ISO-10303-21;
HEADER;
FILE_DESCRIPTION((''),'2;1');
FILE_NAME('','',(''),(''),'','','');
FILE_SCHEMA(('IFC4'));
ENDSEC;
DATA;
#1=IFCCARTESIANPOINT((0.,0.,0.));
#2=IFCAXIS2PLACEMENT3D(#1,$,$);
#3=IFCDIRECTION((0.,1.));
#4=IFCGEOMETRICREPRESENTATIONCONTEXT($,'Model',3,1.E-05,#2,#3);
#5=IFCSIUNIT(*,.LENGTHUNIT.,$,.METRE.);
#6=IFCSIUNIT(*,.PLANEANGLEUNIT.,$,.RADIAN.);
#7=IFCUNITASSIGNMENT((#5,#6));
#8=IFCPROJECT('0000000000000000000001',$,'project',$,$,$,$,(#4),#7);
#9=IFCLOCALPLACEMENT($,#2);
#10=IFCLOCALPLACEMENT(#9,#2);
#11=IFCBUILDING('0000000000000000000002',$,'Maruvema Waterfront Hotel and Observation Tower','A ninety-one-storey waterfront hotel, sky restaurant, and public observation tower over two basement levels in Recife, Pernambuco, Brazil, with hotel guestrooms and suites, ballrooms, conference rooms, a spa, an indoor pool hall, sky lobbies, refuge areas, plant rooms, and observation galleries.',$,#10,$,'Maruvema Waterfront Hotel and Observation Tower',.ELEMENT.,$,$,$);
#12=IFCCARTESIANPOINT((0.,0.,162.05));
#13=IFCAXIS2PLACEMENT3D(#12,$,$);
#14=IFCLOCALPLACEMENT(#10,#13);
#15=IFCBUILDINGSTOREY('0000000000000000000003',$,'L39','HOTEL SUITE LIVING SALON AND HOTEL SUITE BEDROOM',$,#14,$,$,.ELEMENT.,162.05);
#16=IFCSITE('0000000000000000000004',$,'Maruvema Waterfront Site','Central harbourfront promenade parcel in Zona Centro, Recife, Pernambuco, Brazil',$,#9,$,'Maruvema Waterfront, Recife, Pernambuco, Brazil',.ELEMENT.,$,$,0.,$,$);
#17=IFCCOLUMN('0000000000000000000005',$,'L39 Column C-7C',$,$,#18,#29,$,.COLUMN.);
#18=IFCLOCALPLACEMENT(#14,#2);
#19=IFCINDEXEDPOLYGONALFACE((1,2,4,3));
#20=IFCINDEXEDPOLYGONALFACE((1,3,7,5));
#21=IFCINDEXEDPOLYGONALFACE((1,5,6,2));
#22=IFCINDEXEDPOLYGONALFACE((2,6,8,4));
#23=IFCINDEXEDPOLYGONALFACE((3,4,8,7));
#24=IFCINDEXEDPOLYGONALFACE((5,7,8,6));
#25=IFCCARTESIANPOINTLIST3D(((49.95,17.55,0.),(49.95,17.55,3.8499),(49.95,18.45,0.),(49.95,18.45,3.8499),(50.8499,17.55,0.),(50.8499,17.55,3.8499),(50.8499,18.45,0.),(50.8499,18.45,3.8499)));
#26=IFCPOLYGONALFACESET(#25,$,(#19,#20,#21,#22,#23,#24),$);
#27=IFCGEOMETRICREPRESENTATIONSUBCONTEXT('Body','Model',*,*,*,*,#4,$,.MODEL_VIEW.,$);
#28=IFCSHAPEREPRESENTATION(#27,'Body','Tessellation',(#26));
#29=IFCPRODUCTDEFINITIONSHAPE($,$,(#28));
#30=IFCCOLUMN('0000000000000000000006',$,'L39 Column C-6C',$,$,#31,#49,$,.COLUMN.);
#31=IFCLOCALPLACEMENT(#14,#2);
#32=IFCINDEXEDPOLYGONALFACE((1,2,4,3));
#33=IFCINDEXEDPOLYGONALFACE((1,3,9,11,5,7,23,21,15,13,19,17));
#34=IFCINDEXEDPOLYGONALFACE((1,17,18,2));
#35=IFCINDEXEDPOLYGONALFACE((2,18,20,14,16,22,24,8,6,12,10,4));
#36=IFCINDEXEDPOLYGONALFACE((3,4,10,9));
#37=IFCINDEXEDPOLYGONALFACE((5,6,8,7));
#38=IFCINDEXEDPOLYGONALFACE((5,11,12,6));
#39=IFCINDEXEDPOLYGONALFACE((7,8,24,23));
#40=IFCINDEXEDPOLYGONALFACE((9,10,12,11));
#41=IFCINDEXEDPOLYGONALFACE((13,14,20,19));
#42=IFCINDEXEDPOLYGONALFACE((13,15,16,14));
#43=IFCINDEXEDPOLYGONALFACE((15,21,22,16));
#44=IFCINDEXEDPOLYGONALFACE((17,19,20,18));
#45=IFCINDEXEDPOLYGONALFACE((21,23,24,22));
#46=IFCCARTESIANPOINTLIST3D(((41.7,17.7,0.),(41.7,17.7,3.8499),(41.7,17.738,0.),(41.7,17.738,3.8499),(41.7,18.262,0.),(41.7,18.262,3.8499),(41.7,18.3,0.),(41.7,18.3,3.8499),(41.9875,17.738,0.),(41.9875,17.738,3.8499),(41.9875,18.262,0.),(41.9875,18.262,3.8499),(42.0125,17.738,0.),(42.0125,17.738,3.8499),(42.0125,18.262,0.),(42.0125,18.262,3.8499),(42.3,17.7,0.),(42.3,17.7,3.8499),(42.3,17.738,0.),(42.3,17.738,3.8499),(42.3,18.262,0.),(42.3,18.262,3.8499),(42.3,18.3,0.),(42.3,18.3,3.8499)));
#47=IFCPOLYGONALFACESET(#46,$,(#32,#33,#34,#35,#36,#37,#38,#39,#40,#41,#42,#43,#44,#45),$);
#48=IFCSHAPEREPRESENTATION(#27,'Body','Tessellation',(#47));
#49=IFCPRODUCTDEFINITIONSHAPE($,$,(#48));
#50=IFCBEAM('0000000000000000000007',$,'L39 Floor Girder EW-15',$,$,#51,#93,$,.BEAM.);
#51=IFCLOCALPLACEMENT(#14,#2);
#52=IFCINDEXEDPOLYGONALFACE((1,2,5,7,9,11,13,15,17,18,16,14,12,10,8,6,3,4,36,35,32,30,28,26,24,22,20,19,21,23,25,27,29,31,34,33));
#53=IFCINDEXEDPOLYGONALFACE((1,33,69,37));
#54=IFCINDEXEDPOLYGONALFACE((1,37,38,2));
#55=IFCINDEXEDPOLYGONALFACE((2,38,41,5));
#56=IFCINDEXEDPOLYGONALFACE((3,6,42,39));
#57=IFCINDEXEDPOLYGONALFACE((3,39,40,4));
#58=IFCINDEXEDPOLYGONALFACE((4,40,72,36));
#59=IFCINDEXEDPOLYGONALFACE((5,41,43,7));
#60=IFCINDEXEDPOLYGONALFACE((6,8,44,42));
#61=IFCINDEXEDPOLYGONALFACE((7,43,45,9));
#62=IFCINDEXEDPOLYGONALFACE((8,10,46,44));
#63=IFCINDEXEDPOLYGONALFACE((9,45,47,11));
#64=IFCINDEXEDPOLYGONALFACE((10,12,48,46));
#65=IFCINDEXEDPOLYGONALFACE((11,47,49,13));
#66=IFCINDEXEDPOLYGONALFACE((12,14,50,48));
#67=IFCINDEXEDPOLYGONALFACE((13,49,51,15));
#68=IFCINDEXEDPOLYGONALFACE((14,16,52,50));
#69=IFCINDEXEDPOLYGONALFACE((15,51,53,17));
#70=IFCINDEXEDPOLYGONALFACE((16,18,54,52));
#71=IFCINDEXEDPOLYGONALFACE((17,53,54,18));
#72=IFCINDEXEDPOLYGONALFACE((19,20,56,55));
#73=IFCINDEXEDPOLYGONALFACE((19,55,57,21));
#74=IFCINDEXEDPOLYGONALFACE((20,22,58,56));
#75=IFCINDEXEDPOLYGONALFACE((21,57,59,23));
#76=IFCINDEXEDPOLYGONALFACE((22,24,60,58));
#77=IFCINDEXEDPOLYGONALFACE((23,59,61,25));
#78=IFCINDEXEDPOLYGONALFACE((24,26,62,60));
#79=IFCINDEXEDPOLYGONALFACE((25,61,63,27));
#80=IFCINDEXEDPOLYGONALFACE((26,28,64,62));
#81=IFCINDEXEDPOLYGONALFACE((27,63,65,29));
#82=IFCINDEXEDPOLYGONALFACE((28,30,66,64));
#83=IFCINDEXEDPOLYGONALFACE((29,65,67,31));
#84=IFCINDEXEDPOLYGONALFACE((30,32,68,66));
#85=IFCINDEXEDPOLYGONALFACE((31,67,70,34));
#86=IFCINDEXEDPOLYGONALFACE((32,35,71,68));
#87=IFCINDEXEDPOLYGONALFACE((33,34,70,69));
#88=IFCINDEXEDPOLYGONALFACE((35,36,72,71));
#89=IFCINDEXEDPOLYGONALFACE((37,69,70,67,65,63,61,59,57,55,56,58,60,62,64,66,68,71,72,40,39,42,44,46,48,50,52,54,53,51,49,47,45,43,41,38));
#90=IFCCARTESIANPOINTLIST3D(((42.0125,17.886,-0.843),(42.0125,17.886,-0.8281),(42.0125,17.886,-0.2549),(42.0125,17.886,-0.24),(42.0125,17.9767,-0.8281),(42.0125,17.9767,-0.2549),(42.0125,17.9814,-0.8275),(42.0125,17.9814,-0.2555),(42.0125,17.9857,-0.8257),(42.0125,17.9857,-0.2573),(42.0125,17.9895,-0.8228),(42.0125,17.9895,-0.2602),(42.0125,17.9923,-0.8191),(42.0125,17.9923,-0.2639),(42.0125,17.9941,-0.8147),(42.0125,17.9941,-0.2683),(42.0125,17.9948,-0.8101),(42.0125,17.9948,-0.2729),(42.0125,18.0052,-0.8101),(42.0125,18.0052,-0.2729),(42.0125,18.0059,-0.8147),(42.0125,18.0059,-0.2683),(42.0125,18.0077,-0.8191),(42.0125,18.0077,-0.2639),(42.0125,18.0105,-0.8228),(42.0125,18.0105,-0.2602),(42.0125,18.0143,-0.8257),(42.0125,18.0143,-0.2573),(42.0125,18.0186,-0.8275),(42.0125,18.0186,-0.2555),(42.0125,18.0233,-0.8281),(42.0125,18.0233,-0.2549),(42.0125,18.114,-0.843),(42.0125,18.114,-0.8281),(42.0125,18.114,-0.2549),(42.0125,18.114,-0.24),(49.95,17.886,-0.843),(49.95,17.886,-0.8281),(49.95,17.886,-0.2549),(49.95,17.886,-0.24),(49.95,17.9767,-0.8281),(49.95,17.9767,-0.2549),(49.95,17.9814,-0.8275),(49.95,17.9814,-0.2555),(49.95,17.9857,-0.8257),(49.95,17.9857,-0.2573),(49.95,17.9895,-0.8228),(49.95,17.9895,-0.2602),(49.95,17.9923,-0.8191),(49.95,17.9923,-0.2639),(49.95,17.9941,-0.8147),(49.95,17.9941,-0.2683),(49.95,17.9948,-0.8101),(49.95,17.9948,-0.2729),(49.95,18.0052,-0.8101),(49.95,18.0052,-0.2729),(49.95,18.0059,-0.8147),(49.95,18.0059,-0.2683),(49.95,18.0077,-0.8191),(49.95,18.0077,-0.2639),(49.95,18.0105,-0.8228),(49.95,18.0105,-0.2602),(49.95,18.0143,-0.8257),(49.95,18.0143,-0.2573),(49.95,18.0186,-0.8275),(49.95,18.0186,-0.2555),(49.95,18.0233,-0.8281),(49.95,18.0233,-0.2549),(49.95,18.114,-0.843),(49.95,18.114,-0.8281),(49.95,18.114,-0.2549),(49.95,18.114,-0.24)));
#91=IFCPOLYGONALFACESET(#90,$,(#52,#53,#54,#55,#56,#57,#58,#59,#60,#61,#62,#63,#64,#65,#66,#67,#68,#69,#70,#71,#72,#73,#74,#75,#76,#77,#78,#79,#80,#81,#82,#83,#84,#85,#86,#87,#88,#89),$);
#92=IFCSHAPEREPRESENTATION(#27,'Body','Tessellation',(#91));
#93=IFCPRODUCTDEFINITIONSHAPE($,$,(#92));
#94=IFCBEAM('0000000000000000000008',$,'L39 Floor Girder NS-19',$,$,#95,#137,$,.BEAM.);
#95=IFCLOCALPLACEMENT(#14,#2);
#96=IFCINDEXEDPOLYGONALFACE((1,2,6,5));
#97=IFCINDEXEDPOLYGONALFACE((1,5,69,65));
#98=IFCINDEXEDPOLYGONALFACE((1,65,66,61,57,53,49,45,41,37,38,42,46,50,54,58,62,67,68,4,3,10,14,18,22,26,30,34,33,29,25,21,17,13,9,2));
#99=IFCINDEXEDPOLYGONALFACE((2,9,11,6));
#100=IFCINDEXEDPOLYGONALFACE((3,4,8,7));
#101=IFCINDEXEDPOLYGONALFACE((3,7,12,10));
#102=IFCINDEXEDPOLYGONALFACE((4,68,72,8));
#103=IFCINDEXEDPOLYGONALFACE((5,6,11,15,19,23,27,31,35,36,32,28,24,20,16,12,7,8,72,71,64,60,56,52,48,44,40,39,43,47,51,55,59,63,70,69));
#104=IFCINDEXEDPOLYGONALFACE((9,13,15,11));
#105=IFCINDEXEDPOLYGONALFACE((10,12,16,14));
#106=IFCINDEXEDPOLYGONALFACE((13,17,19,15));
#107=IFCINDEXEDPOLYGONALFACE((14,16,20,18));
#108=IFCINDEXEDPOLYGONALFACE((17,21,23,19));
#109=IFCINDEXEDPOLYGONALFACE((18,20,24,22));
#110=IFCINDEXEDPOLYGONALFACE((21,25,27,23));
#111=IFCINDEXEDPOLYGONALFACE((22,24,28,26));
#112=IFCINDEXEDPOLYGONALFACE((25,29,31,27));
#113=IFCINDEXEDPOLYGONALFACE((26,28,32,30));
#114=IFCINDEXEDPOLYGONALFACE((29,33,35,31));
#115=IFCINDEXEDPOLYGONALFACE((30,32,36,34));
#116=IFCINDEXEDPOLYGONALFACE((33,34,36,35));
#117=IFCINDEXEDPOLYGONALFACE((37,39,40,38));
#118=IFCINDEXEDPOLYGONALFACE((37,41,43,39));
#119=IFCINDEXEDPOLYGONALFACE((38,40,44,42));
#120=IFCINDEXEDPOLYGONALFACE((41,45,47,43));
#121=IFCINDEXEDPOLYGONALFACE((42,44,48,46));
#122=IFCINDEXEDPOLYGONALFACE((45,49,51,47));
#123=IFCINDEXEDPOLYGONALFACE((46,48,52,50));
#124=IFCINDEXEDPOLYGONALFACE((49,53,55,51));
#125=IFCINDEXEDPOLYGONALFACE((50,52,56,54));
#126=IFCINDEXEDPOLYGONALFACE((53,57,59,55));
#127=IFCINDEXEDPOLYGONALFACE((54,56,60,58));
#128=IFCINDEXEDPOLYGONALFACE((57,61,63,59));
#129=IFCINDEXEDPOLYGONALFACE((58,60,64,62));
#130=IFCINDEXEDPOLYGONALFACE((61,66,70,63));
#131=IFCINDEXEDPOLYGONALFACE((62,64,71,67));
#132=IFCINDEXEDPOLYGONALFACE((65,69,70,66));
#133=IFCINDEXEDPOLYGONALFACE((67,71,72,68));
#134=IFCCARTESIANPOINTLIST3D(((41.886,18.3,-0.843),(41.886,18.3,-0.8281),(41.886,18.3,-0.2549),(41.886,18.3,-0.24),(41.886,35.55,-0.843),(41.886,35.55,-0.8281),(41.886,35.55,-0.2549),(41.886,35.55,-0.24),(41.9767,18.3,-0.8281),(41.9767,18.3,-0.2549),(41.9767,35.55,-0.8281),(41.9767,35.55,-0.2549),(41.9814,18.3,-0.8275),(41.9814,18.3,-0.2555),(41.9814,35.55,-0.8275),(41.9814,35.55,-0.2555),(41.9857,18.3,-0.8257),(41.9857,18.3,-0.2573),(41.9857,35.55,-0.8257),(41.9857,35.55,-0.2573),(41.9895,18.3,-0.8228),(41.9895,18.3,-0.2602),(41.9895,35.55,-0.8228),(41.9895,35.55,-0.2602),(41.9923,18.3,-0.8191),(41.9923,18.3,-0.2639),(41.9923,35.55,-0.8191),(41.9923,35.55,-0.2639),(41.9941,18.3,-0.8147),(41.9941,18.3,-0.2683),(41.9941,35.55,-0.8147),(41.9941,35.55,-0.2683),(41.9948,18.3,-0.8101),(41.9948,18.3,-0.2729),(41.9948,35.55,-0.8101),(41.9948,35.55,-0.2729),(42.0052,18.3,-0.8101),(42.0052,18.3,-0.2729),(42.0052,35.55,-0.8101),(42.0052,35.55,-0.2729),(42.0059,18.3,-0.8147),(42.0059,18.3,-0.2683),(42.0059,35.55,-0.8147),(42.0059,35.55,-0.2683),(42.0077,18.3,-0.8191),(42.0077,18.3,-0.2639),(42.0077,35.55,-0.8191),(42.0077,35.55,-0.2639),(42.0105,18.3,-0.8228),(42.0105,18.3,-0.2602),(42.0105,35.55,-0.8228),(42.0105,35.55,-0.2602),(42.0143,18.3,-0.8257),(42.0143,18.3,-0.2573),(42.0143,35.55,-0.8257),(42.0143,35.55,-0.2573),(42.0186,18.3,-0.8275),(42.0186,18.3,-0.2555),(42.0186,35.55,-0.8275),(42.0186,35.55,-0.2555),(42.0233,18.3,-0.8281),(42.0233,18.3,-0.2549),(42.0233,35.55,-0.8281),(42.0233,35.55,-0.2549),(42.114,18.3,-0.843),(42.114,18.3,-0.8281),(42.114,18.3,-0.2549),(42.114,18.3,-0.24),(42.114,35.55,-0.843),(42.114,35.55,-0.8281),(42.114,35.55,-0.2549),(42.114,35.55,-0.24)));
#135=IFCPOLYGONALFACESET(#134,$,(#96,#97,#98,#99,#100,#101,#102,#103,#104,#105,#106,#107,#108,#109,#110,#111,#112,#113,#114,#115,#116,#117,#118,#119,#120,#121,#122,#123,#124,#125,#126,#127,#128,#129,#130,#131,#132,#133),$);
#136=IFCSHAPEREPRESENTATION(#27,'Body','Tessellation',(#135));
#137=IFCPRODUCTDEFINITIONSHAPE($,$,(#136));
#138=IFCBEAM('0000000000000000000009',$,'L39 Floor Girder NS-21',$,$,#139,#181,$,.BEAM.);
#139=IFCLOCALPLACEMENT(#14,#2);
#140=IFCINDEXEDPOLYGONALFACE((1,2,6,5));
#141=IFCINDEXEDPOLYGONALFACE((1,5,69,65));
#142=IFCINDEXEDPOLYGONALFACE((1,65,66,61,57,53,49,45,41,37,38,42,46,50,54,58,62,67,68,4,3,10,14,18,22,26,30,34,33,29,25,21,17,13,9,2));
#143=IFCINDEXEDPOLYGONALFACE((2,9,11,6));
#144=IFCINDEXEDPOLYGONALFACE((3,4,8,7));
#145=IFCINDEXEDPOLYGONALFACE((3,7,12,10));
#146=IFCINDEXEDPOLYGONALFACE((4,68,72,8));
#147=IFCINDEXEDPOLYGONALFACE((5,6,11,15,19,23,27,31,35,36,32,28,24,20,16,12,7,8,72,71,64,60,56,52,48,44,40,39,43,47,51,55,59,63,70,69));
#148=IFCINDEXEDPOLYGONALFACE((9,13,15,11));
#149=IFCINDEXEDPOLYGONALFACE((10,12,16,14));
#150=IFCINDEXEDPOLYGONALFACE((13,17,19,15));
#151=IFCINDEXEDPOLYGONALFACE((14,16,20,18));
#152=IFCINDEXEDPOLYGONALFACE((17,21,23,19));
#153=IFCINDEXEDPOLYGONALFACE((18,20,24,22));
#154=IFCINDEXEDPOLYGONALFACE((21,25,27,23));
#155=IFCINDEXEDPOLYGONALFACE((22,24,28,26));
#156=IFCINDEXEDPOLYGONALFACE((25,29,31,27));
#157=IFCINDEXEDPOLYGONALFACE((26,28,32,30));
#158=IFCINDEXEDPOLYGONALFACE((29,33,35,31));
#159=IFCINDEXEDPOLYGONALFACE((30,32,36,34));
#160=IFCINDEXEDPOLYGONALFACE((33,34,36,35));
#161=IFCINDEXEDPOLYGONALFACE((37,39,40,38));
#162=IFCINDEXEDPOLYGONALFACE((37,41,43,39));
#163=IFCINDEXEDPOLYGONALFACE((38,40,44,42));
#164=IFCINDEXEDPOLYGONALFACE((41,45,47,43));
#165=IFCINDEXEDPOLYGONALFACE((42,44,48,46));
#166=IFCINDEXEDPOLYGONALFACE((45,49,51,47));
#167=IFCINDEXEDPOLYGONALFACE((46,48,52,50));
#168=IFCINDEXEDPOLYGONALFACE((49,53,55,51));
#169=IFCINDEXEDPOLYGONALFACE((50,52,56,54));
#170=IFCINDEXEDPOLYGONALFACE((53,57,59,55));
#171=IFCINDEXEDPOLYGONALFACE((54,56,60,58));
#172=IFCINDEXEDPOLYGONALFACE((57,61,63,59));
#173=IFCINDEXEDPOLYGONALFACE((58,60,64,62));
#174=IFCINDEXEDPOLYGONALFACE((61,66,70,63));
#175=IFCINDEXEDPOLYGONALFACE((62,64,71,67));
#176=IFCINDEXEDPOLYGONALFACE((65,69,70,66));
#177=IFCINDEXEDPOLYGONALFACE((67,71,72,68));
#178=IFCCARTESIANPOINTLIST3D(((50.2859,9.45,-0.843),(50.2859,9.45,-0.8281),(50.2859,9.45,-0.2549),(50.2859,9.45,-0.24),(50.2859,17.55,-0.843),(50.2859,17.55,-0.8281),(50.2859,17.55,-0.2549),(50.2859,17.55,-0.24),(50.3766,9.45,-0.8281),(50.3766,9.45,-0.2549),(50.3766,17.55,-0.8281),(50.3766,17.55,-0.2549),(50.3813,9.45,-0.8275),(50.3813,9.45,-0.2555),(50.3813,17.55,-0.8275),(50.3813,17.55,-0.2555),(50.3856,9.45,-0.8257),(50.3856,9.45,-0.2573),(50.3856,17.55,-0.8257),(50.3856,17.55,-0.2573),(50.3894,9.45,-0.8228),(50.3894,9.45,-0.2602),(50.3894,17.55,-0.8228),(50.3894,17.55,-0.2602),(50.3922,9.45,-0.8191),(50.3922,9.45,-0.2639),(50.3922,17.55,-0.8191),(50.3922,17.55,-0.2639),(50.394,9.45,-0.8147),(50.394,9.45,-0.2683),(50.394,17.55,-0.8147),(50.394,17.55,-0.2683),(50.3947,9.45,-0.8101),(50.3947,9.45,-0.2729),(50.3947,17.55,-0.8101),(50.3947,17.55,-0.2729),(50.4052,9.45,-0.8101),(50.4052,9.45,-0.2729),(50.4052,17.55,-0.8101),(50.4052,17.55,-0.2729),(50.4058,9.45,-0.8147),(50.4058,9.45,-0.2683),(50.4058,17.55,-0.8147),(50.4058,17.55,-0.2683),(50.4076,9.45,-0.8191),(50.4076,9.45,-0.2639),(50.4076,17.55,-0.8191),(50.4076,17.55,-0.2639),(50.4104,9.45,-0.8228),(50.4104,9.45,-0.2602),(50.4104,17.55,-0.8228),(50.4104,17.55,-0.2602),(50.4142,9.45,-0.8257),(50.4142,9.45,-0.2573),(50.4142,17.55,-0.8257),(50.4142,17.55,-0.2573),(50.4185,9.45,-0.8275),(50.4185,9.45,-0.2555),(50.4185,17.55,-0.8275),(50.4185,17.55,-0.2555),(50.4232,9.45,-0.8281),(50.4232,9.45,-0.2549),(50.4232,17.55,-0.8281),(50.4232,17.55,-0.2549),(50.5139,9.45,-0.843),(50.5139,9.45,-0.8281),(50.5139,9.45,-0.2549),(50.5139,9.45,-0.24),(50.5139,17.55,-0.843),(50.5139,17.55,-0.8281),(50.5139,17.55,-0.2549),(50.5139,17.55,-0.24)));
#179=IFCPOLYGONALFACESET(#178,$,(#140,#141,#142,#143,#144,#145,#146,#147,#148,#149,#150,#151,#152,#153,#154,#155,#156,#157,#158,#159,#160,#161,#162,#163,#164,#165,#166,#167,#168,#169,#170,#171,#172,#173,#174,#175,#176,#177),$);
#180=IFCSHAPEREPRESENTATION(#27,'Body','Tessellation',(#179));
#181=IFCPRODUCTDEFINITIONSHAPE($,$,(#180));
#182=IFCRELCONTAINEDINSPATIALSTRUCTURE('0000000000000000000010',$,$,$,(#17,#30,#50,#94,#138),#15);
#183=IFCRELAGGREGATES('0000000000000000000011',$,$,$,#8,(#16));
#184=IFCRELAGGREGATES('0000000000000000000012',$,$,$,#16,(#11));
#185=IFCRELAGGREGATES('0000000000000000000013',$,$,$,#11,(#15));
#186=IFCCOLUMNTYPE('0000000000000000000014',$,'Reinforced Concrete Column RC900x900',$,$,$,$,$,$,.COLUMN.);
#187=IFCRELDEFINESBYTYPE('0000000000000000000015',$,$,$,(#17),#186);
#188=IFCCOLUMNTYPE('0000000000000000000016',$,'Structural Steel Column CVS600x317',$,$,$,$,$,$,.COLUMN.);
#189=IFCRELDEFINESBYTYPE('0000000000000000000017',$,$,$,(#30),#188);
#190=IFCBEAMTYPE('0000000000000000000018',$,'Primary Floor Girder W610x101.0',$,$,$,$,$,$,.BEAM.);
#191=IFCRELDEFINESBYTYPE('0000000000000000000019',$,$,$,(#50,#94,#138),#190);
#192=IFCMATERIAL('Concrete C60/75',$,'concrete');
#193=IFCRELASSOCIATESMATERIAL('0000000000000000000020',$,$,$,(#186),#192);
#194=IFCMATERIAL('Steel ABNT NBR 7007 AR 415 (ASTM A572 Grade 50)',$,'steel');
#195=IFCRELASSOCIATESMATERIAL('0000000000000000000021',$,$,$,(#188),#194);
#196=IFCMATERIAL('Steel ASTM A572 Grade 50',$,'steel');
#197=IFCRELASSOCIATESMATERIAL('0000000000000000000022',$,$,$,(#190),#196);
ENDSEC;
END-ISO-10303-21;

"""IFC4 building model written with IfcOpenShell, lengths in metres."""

from ifc_helpers import new_model, si_unit, direction, frame, origin, origin_2d, place, context, subcontext, project, spatial, rectangle, i_section, extrude, material, material_profile, profile_set, type_object, element, save


model = new_model("IFC4")

# Units and contexts
model_context = context("Model", 3, precision=1e-05, world=origin(), true_north=direction((0.0, 1.0)))
body_context = subcontext(model_context, "Body", "Model", "MODEL_VIEW")
ifc_project = project(units=[si_unit("LENGTHUNIT", "METRE"), si_unit("PLANEANGLEUNIT", "RADIAN")], contexts=[model_context])

# Site, building, storey
site_placement = place(None, origin())
site = spatial("IfcSite", under=ifc_project, at=site_placement, Name="Maruvema Waterfront Site", Description="Central harbourfront promenade parcel in Zona Centro, Recife, Pernambuco, Brazil", LongName="Maruvema Waterfront, Recife, Pernambuco, Brazil", CompositionType="ELEMENT", RefElevation=0.0)
building_placement = place(site_placement, origin())
building = spatial("IfcBuilding", under=site, at=building_placement, Name="Maruvema Waterfront Hotel and Observation Tower", Description="A ninety-one-storey waterfront hotel, sky restaurant, and public observation tower over two basement levels in Recife, Pernambuco, Brazil, with hotel guestrooms and suites, ballrooms, conference rooms, a spa, an indoor pool hall, sky lobbies, refuge areas, plant rooms, and observation galleries.", LongName="Maruvema Waterfront Hotel and Observation Tower", CompositionType="ELEMENT")
storey_placement = place(building_placement, frame((0.0, 0.0, 162.05)))
storey = spatial("IfcBuildingStorey", under=building, at=storey_placement, Name="L39", Description="HOTEL SUITE LIVING SALON AND HOTEL SUITE BEDROOM", CompositionType="ELEMENT", Elevation=162.05)

# Columns
ifc_material_1 = material(Name="Concrete C60/75", Category="concrete")
ifc_material_profile_1 = material_profile(ifc_material_1, rectangle(XDim=0.8999, YDim=0.8999, at=origin_2d()), Name="RC900x900")
ifc_profile_set_1 = profile_set([ifc_material_profile_1], Name="Concrete C60/75")
column_type_1 = type_object("IfcColumnType", Name="Reinforced Concrete Column RC900x900", PredefinedType="COLUMN", material=ifc_profile_set_1)
column_1_placement = place(storey_placement, frame((50.3999, 18.0, 0.0), z_axis=(0.0, 0.0, 1.0), x_axis=(1.0, 0.0, 0.0)))
element("IfcColumn", 1, at=column_1_placement, inside=storey, type_object=column_type_1, Name="L39 Column C-7C", PredefinedType="COLUMN", context=body_context, shape_type="SweptSolid", body=[
    extrude(rectangle(XDim=0.8999, YDim=0.8999, at=origin_2d()), origin(), (0.0, 0.0, 1.0), 3.8499),
])
ifc_material_2 = material(Name="Steel ABNT NBR 7007 AR 415 (ASTM A572 Grade 50)", Category="steel")
ifc_material_profile_2 = material_profile(ifc_material_2, i_section(OverallWidth=0.6001, OverallDepth=0.6001, WebThickness=0.0249, FlangeThickness=0.0381, at=origin_2d()), Name="CVS600x317")
ifc_profile_set_2 = profile_set([ifc_material_profile_2], Name="Steel ABNT NBR 7007 AR 415 (ASTM A572 Grade 50)")
column_type_2 = type_object("IfcColumnType", Name="Structural Steel Column CVS600x317", PredefinedType="COLUMN", material=ifc_profile_set_2)
column_2_placement = place(storey_placement, frame((42.0, 18.0, 0.0), z_axis=(0.0, 0.0, 1.0), x_axis=(1.0, 0.0, 0.0)))
element("IfcColumn", 2, at=column_2_placement, inside=storey, type_object=column_type_2, Name="L39 Column C-6C", PredefinedType="COLUMN", context=body_context, shape_type="SweptSolid", body=[
    extrude(i_section(OverallWidth=0.6001, OverallDepth=0.6001, WebThickness=0.0249, FlangeThickness=0.0381, at=origin_2d()), origin(), (0.0, 0.0, 1.0), 3.8499),
])

# Beams
ifc_material_3 = material(Name="Steel ASTM A572 Grade 50", Category="steel")
ifc_material_profile_3 = material_profile(ifc_material_3, i_section(OverallWidth=0.228, OverallDepth=0.603, WebThickness=0.0105, FlangeThickness=0.0149, FilletRadius=0.0181, at=origin_2d()), Name="W610x101.0")
ifc_profile_set_3 = profile_set([ifc_material_profile_3], Name="Steel ASTM A572 Grade 50")
beam_type = type_object("IfcBeamType", Name="Primary Floor Girder W610x101.0", PredefinedType="BEAM", material=ifc_profile_set_3)
beam_1_placement = place(storey_placement, frame((42.0125, 18.0, -0.5415), z_axis=(1.0, 0.0, 0.0), x_axis=(0.0, 1.0, 0.0)))
element("IfcBeam", 3, at=beam_1_placement, inside=storey, type_object=beam_type, Name="L39 Floor Girder EW-15", PredefinedType="BEAM", context=body_context, shape_type="SweptSolid", body=[
    extrude(i_section(OverallWidth=0.228, OverallDepth=0.603, WebThickness=0.0105, FlangeThickness=0.0149, FilletRadius=0.0181, at=origin_2d()), origin(), (0.0, 0.0, 1.0), 7.9375),
])
beam_2_placement = place(storey_placement, frame((42.0, 18.3, -0.5415), z_axis=(0.0, 1.0, 0.0), x_axis=(-1.0, 0.0, 0.0)))
element("IfcBeam", 4, at=beam_2_placement, inside=storey, type_object=beam_type, Name="L39 Floor Girder NS-19", PredefinedType="BEAM", context=body_context, shape_type="SweptSolid", body=[
    extrude(i_section(OverallWidth=0.228, OverallDepth=0.603, WebThickness=0.0105, FlangeThickness=0.0149, FilletRadius=0.0181, at=origin_2d()), origin(), (0.0, 0.0, 1.0), 17.25),
])
beam_3_placement = place(storey_placement, frame((50.3999, 9.45, -0.5415), z_axis=(0.0, 1.0, 0.0), x_axis=(-1.0, 0.0, 0.0)))
element("IfcBeam", 5, at=beam_3_placement, inside=storey, type_object=beam_type, Name="L39 Floor Girder NS-21", PredefinedType="BEAM", context=body_context, shape_type="SweptSolid", body=[
    extrude(i_section(OverallWidth=0.228, OverallDepth=0.603, WebThickness=0.0105, FlangeThickness=0.0149, FilletRadius=0.0181, at=origin_2d()), origin(), (0.0, 0.0, 1.0), 8.1001),
])

save(model, "model.ifc")
